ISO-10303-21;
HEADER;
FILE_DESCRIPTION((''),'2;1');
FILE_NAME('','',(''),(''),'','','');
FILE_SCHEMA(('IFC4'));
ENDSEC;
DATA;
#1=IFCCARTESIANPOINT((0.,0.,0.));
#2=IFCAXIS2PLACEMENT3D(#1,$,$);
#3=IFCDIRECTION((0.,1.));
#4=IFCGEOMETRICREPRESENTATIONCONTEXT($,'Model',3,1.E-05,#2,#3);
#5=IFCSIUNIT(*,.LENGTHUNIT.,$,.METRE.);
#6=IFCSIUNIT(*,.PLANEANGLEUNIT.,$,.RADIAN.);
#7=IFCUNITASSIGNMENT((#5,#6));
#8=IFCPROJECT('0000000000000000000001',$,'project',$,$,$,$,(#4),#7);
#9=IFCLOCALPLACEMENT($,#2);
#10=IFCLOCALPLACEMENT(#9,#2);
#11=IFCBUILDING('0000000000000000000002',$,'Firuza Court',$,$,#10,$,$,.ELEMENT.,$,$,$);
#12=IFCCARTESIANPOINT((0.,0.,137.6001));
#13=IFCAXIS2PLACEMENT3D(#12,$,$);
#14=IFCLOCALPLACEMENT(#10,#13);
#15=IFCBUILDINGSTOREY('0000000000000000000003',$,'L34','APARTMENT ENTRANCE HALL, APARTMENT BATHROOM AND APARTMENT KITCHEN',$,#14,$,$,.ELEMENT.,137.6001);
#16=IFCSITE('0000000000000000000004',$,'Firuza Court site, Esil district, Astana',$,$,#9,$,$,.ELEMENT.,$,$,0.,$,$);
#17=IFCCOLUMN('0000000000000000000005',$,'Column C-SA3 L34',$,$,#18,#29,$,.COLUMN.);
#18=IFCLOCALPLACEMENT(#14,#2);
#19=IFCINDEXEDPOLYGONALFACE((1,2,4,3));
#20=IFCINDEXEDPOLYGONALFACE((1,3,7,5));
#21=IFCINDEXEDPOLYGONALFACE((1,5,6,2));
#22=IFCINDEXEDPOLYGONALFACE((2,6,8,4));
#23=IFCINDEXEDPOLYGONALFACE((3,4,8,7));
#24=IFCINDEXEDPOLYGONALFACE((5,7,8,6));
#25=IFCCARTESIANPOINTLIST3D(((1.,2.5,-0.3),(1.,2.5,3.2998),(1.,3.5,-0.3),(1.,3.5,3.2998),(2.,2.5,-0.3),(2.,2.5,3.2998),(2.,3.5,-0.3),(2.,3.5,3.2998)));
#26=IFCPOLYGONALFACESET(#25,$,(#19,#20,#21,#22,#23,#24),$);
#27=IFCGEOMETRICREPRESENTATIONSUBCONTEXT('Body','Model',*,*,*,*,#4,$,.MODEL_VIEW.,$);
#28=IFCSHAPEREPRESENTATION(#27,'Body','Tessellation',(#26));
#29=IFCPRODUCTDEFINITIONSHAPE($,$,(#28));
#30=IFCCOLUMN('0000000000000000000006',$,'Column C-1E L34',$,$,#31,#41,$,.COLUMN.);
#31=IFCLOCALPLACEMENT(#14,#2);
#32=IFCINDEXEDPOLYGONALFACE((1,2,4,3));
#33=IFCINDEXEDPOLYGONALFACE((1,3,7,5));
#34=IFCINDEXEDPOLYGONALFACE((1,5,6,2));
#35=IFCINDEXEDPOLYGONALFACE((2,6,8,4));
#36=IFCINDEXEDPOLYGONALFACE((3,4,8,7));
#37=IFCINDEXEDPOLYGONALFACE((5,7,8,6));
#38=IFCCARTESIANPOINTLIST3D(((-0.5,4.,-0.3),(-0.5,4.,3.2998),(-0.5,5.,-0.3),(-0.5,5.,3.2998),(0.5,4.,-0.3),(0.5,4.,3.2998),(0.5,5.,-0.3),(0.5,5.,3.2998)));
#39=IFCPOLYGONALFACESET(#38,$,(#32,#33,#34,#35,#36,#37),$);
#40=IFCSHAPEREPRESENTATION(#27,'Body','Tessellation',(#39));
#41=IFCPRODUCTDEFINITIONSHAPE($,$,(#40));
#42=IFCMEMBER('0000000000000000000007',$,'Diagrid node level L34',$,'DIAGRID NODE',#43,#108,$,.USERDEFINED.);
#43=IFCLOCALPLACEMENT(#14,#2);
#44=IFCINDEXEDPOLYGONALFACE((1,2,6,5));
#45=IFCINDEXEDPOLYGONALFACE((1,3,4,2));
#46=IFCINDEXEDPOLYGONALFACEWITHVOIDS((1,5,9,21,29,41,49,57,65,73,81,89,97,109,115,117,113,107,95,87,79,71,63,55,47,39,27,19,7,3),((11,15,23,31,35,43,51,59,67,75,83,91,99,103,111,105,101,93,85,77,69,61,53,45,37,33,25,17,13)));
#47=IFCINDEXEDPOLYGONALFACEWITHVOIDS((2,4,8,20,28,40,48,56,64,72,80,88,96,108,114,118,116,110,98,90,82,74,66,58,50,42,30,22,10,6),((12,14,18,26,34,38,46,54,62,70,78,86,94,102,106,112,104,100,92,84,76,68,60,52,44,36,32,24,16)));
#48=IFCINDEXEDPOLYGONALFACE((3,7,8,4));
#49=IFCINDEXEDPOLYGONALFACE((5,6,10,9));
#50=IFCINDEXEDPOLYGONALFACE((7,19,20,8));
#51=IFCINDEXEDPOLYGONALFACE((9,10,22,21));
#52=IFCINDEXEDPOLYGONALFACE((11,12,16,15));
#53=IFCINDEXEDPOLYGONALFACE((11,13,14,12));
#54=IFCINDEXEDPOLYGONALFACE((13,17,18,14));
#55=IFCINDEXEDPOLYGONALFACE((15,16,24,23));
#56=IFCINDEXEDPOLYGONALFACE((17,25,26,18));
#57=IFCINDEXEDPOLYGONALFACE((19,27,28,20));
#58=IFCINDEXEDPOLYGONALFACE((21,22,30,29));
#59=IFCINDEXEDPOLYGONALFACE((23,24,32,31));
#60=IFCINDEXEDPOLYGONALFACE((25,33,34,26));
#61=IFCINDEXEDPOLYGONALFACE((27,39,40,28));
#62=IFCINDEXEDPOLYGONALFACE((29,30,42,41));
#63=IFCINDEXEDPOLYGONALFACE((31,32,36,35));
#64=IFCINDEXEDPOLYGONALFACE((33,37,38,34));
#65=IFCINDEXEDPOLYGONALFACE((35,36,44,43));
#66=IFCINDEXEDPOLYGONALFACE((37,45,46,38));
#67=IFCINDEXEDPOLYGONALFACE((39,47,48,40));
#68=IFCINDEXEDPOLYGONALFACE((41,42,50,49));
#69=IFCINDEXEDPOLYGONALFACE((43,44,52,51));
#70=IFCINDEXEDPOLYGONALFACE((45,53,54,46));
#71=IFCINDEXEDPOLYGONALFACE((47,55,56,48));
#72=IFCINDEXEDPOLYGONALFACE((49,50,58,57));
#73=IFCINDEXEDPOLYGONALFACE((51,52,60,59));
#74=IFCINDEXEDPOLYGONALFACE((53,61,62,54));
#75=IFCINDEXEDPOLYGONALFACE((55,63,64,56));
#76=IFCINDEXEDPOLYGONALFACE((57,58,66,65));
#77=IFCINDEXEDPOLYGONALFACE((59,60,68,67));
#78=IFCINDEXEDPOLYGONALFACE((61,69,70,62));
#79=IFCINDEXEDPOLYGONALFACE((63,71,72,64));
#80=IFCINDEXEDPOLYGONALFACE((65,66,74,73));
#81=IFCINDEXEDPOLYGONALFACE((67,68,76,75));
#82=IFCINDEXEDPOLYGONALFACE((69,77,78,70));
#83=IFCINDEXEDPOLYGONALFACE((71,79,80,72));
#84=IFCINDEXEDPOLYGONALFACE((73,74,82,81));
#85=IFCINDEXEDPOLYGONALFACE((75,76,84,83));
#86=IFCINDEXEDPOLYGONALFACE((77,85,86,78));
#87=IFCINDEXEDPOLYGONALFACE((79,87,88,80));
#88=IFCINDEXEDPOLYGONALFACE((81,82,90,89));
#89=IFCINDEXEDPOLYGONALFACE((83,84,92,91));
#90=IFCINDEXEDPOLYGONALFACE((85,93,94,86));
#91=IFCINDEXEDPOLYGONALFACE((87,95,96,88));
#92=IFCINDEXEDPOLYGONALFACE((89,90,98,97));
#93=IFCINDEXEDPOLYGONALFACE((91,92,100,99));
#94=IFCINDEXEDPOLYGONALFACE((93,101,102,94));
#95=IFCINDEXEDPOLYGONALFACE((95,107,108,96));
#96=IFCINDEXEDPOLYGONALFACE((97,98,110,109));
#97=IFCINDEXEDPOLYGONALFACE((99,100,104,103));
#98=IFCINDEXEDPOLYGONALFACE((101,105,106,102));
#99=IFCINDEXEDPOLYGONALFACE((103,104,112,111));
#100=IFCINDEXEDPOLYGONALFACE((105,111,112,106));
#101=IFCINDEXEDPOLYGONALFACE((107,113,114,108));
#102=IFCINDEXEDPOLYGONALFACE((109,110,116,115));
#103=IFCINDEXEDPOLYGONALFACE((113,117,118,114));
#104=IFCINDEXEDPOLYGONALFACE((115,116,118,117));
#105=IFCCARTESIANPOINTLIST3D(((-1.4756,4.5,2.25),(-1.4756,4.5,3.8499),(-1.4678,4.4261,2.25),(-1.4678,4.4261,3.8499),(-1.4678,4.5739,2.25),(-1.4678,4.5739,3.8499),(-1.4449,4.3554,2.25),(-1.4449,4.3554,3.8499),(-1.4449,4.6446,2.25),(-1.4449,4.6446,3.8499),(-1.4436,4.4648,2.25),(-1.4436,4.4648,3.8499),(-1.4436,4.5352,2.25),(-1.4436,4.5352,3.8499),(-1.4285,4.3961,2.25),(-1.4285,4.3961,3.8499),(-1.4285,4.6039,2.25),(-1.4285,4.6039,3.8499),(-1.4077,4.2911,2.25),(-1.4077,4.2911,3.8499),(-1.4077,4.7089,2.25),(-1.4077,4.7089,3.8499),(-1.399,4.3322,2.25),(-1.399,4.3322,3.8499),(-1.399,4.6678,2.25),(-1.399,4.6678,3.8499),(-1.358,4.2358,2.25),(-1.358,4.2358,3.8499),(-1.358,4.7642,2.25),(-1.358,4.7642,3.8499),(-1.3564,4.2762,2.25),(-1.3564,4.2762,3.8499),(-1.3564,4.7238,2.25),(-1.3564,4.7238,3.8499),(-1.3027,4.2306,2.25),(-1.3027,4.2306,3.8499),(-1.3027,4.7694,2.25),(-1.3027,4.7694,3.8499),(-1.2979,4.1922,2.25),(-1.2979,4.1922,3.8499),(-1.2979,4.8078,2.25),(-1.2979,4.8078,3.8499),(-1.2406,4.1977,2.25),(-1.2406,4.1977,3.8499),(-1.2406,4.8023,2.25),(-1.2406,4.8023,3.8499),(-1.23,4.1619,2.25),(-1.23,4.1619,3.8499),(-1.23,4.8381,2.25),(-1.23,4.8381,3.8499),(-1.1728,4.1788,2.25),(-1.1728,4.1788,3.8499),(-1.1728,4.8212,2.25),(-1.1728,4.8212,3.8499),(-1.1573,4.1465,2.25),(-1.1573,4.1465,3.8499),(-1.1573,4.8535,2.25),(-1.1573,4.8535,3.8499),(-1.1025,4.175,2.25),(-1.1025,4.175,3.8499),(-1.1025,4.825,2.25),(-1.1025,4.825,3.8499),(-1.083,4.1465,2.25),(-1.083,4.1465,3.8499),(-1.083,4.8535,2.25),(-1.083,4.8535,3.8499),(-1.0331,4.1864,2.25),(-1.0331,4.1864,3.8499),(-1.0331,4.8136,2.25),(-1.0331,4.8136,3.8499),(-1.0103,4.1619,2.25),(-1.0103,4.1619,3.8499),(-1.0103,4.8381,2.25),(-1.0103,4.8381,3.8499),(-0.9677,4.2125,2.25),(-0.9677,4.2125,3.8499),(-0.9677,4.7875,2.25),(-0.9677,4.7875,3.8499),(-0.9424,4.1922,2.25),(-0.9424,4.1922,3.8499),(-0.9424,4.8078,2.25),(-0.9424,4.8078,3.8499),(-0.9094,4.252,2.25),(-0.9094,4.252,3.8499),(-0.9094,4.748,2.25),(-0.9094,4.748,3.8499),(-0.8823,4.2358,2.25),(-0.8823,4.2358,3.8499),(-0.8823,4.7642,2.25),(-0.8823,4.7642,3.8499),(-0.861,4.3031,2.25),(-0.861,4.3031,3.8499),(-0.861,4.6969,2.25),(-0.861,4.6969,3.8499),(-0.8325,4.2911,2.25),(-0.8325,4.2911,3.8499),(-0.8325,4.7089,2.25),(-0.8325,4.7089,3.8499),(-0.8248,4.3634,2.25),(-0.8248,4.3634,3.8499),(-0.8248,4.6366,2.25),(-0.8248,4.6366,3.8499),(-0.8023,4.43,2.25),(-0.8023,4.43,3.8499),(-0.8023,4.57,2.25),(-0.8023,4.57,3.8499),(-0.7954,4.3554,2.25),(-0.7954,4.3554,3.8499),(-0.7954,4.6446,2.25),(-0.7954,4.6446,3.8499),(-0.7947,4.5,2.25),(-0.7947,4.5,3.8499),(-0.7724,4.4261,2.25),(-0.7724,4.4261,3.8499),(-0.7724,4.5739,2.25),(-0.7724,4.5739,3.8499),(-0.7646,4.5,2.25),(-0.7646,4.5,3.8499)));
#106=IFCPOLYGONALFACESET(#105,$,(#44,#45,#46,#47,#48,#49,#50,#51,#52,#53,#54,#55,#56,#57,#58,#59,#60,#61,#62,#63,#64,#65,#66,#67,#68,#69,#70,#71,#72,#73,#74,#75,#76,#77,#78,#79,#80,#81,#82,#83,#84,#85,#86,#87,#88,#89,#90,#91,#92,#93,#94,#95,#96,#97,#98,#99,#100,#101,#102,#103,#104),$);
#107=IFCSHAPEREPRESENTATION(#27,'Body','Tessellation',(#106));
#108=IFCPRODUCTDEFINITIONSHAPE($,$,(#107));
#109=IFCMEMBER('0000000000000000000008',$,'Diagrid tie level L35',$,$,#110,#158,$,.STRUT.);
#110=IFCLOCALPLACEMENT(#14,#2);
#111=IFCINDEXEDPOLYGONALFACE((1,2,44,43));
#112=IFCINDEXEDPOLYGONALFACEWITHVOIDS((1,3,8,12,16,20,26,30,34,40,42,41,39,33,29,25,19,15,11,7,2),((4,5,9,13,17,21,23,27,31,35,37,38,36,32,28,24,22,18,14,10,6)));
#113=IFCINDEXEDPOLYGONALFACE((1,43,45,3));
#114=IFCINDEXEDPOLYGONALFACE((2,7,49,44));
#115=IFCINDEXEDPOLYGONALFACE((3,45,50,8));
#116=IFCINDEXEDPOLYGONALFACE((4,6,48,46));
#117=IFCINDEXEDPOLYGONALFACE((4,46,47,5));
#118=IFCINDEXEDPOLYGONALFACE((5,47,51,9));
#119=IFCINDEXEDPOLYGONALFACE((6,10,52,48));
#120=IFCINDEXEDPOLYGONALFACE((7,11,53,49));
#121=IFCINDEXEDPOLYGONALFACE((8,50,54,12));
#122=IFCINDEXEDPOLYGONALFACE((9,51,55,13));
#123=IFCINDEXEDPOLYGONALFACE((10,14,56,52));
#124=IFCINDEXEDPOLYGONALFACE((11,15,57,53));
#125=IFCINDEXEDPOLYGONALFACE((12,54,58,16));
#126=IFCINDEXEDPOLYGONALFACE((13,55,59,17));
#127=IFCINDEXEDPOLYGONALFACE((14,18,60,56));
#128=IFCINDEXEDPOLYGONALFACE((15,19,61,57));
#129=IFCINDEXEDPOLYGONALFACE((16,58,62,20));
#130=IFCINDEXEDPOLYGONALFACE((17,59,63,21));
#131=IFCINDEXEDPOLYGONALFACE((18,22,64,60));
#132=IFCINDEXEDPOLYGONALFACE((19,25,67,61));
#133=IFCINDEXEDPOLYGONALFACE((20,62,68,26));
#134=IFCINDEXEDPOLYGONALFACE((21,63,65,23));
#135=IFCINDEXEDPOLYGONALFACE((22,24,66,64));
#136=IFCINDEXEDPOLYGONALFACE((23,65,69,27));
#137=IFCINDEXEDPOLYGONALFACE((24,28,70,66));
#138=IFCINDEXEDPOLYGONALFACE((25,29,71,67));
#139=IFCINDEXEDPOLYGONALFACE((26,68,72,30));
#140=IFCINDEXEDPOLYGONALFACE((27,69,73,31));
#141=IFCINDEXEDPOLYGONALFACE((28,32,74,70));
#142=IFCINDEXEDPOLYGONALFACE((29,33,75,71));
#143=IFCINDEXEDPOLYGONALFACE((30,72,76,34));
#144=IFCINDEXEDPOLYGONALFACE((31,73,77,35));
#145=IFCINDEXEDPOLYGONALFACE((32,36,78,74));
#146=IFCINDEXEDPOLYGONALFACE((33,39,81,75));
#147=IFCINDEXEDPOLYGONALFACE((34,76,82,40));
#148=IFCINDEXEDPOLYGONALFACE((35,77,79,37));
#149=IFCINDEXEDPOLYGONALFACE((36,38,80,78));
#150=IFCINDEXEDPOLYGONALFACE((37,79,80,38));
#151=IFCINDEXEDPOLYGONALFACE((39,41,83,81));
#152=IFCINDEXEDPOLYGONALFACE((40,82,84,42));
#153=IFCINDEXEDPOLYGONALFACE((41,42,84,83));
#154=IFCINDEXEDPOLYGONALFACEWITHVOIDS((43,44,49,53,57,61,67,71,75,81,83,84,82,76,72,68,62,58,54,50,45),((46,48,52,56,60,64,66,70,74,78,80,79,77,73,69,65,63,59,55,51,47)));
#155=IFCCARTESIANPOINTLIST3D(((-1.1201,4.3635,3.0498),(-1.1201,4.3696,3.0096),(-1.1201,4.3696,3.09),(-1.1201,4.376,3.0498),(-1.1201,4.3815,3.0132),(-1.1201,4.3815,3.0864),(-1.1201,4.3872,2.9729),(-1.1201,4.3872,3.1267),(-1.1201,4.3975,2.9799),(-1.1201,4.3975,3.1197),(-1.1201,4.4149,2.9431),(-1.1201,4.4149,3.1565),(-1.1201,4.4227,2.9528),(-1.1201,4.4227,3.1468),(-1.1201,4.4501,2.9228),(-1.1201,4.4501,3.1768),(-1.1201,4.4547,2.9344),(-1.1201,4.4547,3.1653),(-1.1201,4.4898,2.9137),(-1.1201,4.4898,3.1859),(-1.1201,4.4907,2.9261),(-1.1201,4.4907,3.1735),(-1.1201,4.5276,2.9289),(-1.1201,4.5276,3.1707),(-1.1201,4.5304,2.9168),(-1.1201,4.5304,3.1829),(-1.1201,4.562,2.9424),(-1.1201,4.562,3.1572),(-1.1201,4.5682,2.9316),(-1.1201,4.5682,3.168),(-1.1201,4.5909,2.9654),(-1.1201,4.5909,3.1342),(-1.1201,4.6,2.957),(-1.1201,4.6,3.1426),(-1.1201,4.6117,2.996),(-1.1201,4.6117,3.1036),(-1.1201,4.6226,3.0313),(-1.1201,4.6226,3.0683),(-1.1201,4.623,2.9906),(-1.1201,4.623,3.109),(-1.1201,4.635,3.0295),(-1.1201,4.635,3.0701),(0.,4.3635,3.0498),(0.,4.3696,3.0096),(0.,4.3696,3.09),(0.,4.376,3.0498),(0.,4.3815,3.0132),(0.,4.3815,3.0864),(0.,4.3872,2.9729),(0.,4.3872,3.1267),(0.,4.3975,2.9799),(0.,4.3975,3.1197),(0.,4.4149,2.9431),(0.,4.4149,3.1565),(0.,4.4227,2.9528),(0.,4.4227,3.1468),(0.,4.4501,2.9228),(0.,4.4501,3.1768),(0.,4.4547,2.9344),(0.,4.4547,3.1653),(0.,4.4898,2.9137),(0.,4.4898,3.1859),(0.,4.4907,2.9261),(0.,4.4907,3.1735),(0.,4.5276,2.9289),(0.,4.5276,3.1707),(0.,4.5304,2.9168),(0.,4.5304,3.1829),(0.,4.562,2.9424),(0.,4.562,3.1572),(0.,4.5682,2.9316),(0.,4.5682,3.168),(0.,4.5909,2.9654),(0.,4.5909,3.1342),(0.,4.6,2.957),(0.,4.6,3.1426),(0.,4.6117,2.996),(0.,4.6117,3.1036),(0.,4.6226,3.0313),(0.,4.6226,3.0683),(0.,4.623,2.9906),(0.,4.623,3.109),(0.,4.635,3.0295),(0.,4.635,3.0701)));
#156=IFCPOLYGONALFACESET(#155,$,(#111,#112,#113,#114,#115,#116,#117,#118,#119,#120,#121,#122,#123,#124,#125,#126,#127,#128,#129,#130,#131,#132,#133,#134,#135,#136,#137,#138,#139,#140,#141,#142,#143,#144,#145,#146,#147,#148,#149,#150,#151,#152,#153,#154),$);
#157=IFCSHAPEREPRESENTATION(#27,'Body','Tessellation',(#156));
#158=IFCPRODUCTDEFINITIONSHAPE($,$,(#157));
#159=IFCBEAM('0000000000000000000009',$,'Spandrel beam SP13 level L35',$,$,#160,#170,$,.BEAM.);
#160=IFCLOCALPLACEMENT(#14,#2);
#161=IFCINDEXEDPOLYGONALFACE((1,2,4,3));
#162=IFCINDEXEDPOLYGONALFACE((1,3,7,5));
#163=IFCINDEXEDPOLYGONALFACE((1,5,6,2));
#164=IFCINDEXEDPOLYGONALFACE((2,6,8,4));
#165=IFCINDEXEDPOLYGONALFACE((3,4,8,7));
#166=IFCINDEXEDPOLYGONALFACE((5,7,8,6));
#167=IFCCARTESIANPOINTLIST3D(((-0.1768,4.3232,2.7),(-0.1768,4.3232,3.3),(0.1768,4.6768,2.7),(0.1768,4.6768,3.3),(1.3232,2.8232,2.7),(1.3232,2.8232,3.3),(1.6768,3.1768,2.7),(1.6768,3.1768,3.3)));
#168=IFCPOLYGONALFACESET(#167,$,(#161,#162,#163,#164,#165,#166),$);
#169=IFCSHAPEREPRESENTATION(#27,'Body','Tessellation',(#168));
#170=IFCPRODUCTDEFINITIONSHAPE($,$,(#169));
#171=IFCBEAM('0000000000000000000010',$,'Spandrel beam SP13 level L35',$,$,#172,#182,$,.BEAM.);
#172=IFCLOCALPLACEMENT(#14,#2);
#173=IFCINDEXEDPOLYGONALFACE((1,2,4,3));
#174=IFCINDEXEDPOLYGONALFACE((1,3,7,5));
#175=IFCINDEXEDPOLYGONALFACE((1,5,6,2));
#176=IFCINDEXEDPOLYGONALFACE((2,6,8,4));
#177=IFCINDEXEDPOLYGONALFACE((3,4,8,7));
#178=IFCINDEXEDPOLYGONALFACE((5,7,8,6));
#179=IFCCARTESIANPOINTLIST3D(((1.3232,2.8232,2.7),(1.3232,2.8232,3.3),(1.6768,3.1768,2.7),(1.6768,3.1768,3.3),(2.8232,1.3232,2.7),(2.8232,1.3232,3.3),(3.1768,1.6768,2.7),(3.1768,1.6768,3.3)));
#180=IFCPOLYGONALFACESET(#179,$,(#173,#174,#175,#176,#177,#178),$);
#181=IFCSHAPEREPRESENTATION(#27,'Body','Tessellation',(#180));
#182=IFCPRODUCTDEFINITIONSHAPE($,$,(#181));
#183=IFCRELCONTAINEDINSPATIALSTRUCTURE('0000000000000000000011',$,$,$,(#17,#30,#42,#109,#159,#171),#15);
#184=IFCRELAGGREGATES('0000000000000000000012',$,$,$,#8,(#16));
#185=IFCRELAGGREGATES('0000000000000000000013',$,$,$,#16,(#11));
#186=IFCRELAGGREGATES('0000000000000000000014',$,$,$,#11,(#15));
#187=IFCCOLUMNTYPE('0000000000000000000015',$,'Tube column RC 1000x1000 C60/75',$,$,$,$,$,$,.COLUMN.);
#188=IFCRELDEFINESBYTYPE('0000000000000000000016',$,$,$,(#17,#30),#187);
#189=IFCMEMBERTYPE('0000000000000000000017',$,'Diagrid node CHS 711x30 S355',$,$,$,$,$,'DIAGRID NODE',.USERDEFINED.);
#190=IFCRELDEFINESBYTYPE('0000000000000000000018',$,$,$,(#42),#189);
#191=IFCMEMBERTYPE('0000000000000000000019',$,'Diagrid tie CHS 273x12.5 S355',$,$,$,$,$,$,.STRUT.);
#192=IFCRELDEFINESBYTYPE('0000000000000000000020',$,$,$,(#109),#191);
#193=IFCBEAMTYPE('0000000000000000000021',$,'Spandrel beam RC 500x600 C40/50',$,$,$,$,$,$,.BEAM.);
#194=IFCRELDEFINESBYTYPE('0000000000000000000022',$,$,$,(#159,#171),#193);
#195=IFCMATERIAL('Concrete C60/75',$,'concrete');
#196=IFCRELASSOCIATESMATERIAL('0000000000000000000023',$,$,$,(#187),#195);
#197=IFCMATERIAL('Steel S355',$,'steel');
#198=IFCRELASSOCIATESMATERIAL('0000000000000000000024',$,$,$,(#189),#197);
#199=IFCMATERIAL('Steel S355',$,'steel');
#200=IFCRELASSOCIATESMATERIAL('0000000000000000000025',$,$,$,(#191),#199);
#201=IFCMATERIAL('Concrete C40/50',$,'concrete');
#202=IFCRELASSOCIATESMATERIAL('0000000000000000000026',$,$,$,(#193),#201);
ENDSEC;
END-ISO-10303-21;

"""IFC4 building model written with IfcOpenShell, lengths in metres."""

from ifc_helpers import new_model, si_unit, direction, frame, origin, origin_2d, place, context, subcontext, project, spatial, rectangle, hollow_circle, extrude, material, material_profile, profile_set, type_object, element, save


model = new_model("IFC4")

# Units and contexts
model_context = context("Model", 3, precision=1e-05, world=origin(), true_north=direction((0.0, 1.0)))
body_context = subcontext(model_context, "Body", "Model", "MODEL_VIEW")
ifc_project = project(units=[si_unit("LENGTHUNIT", "METRE"), si_unit("PLANEANGLEUNIT", "RADIAN")], contexts=[model_context])

# Site, building, storey
site_placement = place(None, origin())
site = spatial("IfcSite", under=ifc_project, at=site_placement, Name="Firuza Court site, Esil district, Astana", CompositionType="ELEMENT", RefElevation=0.0)
building_placement = place(site_placement, origin())
building = spatial("IfcBuilding", under=site, at=building_placement, Name="Firuza Court", CompositionType="ELEMENT")
storey_placement = place(building_placement, frame((0.0, 0.0, 137.6001)))
storey = spatial("IfcBuildingStorey", under=building, at=storey_placement, Name="L34", Description="APARTMENT ENTRANCE HALL, APARTMENT BATHROOM AND APARTMENT KITCHEN", CompositionType="ELEMENT", Elevation=137.6001)

# Columns
ifc_material_1 = material(Name="Concrete C60/75", Category="concrete")
ifc_material_profile_1 = material_profile(ifc_material_1, rectangle(XDim=1.0, YDim=1.0, at=origin_2d()), Name="RC 1000x1000")
ifc_profile_set_1 = profile_set([ifc_material_profile_1], Name="Concrete C60/75")
column_type = type_object("IfcColumnType", Name="Tube column RC 1000x1000 C60/75", PredefinedType="COLUMN", material=ifc_profile_set_1)
for number, where, z_axis, x_axis, name in (
    (1, (1.5, 3.0, -0.3), (0.0, 0.0, 1.0), (1.0, 0.0, 0.0), "Column C-SA3 L34"),
    (2, (0.0, 4.5, -0.3), (0.0, 0.0, 1.0), (1.0, 0.0, 0.0), "Column C-1E L34"),
):
    element("IfcColumn", number, at=place(storey_placement, frame(where, z_axis=z_axis, x_axis=x_axis)), inside=storey, type_object=column_type, Name=name, PredefinedType="COLUMN", context=body_context, shape_type="SweptSolid", body=[
        extrude(rectangle(XDim=1.0, YDim=1.0, at=origin_2d()), origin(), (0.0, 0.0, 1.0), 3.5999),
    ])

# Members
ifc_material_2 = material(Name="Steel S355", Category="steel")
ifc_material_profile_2 = material_profile(ifc_material_2, hollow_circle(Radius=0.3555, WallThickness=0.03, at=origin_2d()), Name="CHS 711x30")
ifc_profile_set_2 = profile_set([ifc_material_profile_2], Name="Steel S355")
member_type_1 = type_object("IfcMemberType", Name="Diagrid node CHS 711x30 S355", ElementType="DIAGRID NODE", PredefinedType="USERDEFINED", material=ifc_profile_set_2)
member_1_placement = place(storey_placement, frame((-1.1201, 4.5, 2.25), z_axis=(0.0, 0.0, 1.0), x_axis=(1.0, 0.0, 0.0)))
element("IfcMember", 3, at=member_1_placement, inside=storey, type_object=member_type_1, Name="Diagrid node level L34", ObjectType="DIAGRID NODE", PredefinedType="USERDEFINED", context=body_context, shape_type="SweptSolid", body=[
    extrude(hollow_circle(Radius=0.3555, WallThickness=0.03, at=origin_2d()), origin(), (0.0, 0.0, 1.0), 1.5999),
])
ifc_material_3 = material(Name="Steel S355", Category="steel")
ifc_material_profile_3 = material_profile(ifc_material_3, hollow_circle(Radius=0.1365, WallThickness=0.0125, at=origin_2d()), Name="CHS 273x12.5")
ifc_profile_set_3 = profile_set([ifc_material_profile_3], Name="Steel S355")
member_type_2 = type_object("IfcMemberType", Name="Diagrid tie CHS 273x12.5 S355", PredefinedType="STRUT", material=ifc_profile_set_3)
member_2_placement = place(storey_placement, frame((0.0, 4.5, 3.0498), z_axis=(-1.0, 0.0, 0.0), x_axis=(0.0, -1.0, 0.0)))
element("IfcMember", 4, at=member_2_placement, inside=storey, type_object=member_type_2, Name="Diagrid tie level L35", PredefinedType="STRUT", context=body_context, shape_type="SweptSolid", body=[
    extrude(hollow_circle(Radius=0.1365, WallThickness=0.0125, at=origin_2d()), origin(), (0.0, 0.0, 1.0), 1.1201),
])

# Beams
ifc_material_4 = material(Name="Concrete C40/50", Category="concrete")
ifc_material_profile_4 = material_profile(ifc_material_4, rectangle(XDim=0.5, YDim=0.6001, at=origin_2d()), Name="RC 500x600")
ifc_profile_set_4 = profile_set([ifc_material_profile_4], Name="Concrete C40/50")
beam_type = type_object("IfcBeamType", Name="Spandrel beam RC 500x600 C40/50", PredefinedType="BEAM", material=ifc_profile_set_4)
for number, where, z_axis, x_axis, name in (
    (5, (0.0, 4.5, 3.0), (0.707107, -0.707107, 0.0), (0.707107, 0.707107, 0.0), "Spandrel beam SP13 level L35"),
    (6, (1.5, 3.0, 3.0), (0.707107, -0.707107, 0.0), (0.707107, 0.707107, 0.0), "Spandrel beam SP13 level L35"),
):
    element("IfcBeam", number, at=place(storey_placement, frame(where, z_axis=z_axis, x_axis=x_axis)), inside=storey, type_object=beam_type, Name=name, PredefinedType="BEAM", context=body_context, shape_type="SweptSolid", body=[
        extrude(rectangle(XDim=0.5, YDim=0.6001, at=origin_2d()), origin(), (0.0, 0.0, 1.0), 2.1213),
    ])

save(model, "model.ifc")
